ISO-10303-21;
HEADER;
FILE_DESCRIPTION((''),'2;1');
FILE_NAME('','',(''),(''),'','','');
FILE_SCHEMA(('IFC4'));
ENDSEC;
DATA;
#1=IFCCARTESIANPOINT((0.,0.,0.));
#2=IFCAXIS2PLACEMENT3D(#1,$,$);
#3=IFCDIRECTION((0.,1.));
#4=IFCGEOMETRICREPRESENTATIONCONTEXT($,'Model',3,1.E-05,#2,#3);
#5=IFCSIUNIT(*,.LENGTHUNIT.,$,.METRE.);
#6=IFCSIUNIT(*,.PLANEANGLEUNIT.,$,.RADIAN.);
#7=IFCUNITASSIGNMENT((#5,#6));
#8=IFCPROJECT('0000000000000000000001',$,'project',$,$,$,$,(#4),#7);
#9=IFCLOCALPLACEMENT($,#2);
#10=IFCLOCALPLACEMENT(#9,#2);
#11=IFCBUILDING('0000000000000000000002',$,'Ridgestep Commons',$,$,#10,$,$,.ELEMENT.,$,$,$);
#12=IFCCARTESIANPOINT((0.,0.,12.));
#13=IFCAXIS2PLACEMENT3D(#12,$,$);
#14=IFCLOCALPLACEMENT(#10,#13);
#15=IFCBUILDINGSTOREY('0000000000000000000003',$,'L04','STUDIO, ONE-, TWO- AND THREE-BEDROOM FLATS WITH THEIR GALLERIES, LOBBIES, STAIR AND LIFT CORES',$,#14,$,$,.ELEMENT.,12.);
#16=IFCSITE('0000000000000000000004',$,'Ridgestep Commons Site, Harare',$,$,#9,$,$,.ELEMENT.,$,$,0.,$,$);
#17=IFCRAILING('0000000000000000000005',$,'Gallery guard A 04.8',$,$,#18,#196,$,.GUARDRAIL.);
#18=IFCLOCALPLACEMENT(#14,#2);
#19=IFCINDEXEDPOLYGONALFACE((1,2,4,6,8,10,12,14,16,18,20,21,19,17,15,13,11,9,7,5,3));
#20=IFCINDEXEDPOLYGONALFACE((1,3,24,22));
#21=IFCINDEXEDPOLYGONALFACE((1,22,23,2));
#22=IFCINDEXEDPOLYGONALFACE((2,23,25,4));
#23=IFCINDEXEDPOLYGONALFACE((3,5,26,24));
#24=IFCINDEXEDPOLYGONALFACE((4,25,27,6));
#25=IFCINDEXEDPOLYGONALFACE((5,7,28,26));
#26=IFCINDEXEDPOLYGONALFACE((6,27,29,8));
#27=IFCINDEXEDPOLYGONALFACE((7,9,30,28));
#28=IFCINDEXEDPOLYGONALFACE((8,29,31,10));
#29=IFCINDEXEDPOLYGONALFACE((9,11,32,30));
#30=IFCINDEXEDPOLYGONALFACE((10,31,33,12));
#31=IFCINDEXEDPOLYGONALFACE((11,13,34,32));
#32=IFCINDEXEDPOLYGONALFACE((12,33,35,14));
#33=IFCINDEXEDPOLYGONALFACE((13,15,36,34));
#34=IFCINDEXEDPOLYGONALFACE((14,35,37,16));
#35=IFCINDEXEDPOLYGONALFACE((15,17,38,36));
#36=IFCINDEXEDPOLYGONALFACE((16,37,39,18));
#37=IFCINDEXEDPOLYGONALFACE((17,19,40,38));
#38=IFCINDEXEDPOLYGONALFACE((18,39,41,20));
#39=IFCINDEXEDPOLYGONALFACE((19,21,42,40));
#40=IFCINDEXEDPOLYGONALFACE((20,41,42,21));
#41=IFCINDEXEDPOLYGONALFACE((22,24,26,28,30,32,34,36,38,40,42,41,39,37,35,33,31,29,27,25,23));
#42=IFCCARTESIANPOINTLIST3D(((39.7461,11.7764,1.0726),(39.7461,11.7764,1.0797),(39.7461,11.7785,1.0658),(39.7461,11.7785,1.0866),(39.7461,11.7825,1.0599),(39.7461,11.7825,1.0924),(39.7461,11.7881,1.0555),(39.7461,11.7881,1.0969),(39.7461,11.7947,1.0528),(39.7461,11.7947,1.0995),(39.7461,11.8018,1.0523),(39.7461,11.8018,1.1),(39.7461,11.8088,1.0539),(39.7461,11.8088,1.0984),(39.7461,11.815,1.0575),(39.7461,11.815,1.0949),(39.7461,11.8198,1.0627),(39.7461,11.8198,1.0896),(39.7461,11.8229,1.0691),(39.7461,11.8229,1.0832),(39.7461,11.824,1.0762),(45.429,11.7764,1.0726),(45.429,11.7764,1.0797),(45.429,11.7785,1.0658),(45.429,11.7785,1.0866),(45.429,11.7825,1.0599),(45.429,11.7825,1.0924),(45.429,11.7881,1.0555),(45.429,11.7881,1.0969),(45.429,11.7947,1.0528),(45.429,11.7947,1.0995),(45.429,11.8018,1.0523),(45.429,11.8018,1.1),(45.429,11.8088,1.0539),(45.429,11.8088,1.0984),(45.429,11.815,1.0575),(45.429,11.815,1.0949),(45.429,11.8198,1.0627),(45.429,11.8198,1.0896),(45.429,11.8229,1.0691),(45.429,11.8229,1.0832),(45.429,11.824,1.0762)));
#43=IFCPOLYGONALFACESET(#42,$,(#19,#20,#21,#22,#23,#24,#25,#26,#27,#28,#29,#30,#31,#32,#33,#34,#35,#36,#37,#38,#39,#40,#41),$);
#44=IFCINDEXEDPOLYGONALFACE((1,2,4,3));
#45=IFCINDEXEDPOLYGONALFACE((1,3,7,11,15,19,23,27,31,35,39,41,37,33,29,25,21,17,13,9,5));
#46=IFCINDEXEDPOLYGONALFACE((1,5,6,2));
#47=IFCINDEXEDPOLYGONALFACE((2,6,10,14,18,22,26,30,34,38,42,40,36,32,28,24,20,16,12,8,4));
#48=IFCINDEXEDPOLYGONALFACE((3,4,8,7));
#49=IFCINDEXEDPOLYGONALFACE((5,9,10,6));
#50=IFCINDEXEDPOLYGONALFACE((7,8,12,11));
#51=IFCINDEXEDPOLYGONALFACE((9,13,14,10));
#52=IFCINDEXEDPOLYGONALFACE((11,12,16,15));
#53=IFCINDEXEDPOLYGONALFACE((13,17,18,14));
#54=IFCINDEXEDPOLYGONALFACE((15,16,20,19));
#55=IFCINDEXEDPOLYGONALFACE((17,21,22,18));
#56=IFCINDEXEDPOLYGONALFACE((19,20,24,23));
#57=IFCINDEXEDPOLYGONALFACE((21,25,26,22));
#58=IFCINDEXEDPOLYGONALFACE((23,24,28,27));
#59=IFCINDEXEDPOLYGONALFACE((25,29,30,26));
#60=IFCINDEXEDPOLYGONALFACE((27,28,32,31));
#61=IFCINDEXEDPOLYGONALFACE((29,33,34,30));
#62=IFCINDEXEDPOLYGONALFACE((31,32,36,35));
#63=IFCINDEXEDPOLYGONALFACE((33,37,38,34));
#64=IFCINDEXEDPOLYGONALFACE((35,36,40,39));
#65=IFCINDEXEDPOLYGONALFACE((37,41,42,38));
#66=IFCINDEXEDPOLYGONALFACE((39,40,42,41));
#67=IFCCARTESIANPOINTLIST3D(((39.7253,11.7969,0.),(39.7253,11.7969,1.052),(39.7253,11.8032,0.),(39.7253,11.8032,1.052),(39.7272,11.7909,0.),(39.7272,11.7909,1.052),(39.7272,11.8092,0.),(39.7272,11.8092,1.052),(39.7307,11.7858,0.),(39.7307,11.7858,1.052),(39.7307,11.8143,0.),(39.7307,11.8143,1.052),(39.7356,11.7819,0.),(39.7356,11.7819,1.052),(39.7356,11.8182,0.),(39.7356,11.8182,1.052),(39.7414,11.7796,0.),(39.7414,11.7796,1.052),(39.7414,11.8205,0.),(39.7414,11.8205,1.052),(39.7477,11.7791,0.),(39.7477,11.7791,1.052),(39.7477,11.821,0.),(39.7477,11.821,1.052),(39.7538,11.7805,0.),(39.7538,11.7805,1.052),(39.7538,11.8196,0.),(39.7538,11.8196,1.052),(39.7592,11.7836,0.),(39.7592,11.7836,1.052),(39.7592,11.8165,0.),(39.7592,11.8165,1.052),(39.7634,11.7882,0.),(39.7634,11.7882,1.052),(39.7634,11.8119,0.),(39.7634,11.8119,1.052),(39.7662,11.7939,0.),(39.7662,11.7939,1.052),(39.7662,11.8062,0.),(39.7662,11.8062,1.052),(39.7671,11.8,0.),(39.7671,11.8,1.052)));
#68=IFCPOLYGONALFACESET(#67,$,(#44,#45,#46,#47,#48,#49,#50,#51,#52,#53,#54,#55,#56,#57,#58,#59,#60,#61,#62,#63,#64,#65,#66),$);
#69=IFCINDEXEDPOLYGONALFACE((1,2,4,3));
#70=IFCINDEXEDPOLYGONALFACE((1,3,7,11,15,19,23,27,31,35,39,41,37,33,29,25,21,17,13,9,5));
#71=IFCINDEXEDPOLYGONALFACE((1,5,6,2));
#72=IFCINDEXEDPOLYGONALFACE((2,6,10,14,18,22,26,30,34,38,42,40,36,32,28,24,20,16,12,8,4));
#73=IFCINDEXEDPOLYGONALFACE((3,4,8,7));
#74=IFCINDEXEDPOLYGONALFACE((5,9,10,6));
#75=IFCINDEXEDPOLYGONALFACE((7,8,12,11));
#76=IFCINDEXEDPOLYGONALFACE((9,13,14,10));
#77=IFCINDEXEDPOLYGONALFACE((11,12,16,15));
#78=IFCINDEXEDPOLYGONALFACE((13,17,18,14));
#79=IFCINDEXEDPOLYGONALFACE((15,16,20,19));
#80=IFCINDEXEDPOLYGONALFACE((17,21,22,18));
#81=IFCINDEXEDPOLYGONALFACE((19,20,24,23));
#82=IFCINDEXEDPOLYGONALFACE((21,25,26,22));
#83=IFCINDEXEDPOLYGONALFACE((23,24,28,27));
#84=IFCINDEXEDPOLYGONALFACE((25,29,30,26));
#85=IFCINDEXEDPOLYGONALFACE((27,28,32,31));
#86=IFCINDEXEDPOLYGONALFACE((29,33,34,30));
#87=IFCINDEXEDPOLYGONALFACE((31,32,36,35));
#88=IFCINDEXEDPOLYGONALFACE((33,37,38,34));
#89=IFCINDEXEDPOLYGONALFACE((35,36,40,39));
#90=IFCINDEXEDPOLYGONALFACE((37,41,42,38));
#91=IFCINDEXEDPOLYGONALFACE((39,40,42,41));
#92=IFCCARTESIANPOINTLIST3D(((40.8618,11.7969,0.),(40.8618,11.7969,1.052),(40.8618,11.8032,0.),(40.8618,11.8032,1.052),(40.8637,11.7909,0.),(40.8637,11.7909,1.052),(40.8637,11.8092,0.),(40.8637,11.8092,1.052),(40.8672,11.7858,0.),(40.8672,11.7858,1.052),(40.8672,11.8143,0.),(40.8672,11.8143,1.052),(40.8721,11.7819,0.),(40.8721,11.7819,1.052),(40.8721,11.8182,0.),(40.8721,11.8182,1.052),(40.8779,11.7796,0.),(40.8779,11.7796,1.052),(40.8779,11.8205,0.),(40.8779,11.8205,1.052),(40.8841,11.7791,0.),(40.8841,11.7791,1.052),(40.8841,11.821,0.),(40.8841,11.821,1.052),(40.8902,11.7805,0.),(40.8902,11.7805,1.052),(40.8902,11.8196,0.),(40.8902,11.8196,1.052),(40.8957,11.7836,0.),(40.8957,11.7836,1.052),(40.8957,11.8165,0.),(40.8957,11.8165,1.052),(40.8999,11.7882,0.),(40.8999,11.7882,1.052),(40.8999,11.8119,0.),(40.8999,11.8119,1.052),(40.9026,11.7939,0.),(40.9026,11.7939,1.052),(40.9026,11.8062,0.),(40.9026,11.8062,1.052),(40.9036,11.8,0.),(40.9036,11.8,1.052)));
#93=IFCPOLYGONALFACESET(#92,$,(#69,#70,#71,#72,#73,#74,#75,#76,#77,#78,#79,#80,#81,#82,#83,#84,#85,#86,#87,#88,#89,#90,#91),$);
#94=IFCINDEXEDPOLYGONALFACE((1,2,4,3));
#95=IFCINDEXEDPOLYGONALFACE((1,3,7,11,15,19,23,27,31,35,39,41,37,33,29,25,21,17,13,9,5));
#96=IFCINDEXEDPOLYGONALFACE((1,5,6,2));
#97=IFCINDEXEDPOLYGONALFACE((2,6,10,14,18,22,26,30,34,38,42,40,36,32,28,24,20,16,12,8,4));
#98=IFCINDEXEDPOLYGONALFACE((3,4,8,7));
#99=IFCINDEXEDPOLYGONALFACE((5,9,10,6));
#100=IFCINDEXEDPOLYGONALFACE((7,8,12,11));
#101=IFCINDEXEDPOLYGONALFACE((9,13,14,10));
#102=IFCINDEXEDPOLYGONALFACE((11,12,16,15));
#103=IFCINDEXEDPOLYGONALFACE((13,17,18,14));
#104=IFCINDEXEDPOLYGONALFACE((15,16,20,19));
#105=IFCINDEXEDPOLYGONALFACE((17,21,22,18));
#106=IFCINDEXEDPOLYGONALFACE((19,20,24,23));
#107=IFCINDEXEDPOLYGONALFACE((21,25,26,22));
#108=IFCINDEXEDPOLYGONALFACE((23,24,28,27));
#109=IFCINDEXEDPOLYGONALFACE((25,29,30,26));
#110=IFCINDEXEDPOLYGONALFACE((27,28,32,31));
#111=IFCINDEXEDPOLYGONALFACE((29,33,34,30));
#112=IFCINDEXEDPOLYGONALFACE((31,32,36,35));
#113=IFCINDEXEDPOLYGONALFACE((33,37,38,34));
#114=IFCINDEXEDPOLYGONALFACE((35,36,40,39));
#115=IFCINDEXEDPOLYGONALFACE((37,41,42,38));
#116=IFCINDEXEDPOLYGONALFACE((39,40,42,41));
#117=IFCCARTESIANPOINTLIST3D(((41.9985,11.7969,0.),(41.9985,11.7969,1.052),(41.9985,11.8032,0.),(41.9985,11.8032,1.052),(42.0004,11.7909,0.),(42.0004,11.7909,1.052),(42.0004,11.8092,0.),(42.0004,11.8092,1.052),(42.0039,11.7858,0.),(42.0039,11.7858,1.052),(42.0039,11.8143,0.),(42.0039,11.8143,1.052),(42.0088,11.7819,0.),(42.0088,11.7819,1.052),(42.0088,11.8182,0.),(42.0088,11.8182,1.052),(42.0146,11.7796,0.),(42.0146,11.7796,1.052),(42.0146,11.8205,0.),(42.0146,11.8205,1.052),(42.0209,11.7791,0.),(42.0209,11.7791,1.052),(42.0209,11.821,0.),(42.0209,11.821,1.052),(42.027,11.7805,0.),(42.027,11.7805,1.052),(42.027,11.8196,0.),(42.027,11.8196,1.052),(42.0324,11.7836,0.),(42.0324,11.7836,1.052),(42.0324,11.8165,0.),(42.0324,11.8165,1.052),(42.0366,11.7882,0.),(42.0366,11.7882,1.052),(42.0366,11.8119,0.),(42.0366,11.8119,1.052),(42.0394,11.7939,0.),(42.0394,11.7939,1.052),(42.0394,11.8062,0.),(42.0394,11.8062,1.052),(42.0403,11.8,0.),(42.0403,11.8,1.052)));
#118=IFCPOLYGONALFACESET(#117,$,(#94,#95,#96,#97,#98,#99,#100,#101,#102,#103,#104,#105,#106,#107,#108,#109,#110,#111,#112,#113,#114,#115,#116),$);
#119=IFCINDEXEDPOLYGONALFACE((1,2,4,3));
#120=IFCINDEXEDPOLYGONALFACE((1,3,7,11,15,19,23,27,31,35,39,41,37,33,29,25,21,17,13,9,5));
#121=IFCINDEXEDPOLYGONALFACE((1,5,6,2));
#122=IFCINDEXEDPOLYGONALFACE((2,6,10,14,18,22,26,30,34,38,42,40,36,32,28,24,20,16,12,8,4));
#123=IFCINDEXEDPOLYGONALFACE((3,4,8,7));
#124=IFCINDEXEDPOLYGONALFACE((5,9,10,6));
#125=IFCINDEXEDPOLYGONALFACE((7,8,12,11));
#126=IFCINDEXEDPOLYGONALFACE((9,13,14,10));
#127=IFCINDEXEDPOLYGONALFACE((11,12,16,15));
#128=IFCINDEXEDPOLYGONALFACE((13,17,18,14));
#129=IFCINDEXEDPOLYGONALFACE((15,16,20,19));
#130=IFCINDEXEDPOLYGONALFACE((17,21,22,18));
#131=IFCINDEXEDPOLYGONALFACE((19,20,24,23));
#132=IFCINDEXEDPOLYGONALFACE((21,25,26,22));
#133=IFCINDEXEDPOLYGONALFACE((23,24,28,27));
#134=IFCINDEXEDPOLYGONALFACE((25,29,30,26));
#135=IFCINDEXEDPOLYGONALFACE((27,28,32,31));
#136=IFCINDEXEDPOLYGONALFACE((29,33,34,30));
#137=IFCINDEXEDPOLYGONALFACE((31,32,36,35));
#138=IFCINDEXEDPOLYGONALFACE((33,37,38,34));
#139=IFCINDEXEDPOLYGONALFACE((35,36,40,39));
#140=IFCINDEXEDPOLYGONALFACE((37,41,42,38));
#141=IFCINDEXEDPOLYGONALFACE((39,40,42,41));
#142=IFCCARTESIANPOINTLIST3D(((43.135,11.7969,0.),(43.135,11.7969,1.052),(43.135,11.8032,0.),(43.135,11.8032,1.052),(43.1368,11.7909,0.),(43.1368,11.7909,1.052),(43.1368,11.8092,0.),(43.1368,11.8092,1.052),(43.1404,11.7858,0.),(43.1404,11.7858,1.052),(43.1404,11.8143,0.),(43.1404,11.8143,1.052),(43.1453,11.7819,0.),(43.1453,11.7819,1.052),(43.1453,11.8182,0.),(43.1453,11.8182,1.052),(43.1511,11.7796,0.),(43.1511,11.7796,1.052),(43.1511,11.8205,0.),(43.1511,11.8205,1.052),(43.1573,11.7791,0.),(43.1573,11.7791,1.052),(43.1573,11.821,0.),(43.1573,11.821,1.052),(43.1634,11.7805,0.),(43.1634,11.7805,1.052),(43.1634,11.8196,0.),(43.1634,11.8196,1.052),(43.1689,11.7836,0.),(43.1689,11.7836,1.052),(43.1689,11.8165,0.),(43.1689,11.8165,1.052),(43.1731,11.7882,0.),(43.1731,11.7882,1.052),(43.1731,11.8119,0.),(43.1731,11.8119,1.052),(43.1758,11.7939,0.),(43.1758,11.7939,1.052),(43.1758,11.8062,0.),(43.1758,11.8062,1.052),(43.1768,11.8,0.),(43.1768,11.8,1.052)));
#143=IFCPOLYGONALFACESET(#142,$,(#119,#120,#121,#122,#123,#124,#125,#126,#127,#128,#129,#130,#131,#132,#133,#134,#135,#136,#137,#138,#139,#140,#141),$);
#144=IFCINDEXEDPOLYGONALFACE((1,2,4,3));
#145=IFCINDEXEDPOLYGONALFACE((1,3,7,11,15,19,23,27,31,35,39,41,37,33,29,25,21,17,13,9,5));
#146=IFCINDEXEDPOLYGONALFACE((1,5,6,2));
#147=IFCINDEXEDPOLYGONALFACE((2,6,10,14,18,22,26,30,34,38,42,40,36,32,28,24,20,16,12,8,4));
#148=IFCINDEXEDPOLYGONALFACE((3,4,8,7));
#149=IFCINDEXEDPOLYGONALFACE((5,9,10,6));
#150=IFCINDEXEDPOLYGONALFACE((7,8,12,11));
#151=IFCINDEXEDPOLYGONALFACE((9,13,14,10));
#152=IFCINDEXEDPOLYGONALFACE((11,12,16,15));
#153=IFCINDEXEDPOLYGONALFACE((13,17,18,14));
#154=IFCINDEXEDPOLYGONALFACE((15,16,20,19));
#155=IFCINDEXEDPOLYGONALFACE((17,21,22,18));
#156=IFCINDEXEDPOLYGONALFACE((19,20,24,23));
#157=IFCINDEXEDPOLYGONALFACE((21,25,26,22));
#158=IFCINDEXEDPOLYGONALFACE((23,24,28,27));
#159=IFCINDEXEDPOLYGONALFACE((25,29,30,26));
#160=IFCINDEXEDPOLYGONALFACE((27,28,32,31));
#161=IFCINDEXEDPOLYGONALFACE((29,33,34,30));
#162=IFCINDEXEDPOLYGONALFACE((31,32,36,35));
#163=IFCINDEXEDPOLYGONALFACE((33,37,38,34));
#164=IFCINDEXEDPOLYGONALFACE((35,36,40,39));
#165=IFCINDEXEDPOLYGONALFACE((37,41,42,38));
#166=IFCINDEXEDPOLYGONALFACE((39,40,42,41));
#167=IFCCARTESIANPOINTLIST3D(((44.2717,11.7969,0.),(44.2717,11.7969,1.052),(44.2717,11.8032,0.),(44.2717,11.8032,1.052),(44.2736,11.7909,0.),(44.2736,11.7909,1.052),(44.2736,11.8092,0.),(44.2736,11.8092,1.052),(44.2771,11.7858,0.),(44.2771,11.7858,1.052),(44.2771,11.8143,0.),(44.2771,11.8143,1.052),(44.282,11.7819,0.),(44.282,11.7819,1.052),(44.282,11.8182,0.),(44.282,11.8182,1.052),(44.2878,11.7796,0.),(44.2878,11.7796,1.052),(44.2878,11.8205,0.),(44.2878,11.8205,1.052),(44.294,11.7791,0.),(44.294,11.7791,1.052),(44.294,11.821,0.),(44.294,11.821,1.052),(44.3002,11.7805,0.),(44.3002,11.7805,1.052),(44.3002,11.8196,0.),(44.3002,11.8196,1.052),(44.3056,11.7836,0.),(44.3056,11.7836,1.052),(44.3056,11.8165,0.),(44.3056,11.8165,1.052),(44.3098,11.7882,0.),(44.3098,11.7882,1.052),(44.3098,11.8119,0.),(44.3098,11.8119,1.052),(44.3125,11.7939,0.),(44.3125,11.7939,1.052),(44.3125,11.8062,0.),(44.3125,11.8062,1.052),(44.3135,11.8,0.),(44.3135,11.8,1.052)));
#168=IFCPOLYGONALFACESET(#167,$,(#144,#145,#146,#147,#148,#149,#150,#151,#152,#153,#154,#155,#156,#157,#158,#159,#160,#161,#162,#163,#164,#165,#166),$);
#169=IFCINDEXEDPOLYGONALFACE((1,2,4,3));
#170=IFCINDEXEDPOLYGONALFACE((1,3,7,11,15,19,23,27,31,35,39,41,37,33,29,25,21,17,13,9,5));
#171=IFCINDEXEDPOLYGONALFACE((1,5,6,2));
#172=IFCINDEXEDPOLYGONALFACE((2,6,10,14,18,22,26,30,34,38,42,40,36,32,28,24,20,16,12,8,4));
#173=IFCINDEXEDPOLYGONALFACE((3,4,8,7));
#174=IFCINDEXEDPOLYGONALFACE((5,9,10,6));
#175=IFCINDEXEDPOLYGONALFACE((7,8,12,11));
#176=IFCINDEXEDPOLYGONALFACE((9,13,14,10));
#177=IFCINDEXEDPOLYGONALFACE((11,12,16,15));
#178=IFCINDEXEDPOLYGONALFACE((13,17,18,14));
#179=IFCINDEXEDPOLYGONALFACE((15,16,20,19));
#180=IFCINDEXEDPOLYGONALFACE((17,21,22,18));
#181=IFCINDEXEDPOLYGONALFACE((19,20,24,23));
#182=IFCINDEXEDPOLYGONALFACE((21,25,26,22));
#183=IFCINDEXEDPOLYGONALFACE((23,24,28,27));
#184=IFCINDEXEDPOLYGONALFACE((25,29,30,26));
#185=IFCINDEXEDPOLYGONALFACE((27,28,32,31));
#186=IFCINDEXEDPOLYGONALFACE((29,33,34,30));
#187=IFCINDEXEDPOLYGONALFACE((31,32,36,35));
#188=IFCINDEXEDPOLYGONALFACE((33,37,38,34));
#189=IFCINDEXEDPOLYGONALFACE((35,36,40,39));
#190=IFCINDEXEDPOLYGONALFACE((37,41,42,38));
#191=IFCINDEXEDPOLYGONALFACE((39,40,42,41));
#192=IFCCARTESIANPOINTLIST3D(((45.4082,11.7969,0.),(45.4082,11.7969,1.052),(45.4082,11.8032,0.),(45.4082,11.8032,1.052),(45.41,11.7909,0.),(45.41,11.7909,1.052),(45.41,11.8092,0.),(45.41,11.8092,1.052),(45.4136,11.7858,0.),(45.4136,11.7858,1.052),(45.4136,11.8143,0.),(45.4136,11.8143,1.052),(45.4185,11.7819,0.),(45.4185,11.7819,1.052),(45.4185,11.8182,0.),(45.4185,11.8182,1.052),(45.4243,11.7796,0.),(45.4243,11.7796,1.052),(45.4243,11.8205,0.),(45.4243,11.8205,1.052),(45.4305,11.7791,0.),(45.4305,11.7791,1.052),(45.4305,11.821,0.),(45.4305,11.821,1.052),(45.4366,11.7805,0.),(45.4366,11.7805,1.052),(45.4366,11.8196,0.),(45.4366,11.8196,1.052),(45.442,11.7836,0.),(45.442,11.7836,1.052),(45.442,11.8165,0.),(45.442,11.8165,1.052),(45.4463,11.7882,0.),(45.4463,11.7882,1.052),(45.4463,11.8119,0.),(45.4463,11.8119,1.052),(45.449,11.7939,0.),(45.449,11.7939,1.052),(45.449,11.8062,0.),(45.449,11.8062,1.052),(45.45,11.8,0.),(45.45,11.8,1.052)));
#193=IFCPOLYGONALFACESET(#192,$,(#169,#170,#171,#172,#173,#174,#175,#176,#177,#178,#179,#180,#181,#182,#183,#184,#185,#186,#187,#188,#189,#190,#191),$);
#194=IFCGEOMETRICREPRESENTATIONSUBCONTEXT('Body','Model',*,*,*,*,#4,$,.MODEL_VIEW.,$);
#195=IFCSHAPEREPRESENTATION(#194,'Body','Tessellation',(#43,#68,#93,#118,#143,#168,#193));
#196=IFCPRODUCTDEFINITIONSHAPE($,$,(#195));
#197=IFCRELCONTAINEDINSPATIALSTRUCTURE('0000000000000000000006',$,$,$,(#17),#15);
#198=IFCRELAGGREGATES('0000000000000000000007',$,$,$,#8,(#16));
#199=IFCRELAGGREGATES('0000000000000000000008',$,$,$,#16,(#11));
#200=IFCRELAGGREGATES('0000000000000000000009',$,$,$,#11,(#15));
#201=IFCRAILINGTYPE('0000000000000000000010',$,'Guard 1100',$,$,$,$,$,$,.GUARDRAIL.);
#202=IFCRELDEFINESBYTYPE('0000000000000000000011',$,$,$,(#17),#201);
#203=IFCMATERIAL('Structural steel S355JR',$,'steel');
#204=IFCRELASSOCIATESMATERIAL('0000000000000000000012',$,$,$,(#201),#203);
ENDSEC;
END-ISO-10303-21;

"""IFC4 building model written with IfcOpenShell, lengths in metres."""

from ifc_helpers import new_model, si_unit, direction, frame, origin, origin_2d, place, context, subcontext, project, spatial, circle, extrude, material, type_object, element, save


model = new_model("IFC4")

# Units and contexts
model_context = context("Model", 3, precision=1e-05, world=origin(), true_north=direction((0.0, 1.0)))
body_context = subcontext(model_context, "Body", "Model", "MODEL_VIEW")
ifc_project = project(units=[si_unit("LENGTHUNIT", "METRE"), si_unit("PLANEANGLEUNIT", "RADIAN")], contexts=[model_context])

# Site, building, storey
site_placement = place(None, origin())
site = spatial("IfcSite", under=ifc_project, at=site_placement, Name="Ridgestep Commons Site, Harare", CompositionType="ELEMENT", RefElevation=0.0)
building_placement = place(site_placement, origin())
building = spatial("IfcBuilding", under=site, at=building_placement, Name="Ridgestep Commons", CompositionType="ELEMENT")
storey_placement = place(building_placement, frame((0.0, 0.0, 12.0)))
storey = spatial("IfcBuildingStorey", under=building, at=storey_placement, Name="L04", Description="STUDIO, ONE-, TWO- AND THREE-BEDROOM FLATS WITH THEIR GALLERIES, LOBBIES, STAIR AND LIFT CORES", CompositionType="ELEMENT", Elevation=12.0)

# Railing
ifc_material_1 = material(Name="Structural steel S355JR", Category="steel")
railing_type = type_object("IfcRailingType", Name="Guard 1100", PredefinedType="GUARDRAIL", material=ifc_material_1)
railing_1_placement = place(storey_placement, frame((39.7461, 11.8, 0.0)))
element("IfcRailing", 1, at=railing_1_placement, inside=storey, type_object=railing_type, Name="Gallery guard A 04.8", PredefinedType="GUARDRAIL", context=body_context, shape_type="SweptSolid", body=[
    extrude(circle(Radius=0.0239, at=origin_2d()), frame((0.0, 0.0, 1.0762), z_axis=(1.0, 0.0, 0.0), x_axis=(0.0, 1.0, 0.0)), (0.0, 0.0, 1.0), 5.6829),
    extrude(circle(Radius=0.021, at=origin_2d()), origin(), (0.0, 0.0, 1.0), 1.052),
    extrude(circle(Radius=0.021, at=origin_2d()), frame((1.1365, 0.0, 0.0)), (0.0, 0.0, 1.0), 1.052),
    extrude(circle(Radius=0.021, at=origin_2d()), frame((2.2732, 0.0, 0.0)), (0.0, 0.0, 1.0), 1.052),
    extrude(circle(Radius=0.021, at=origin_2d()), frame((3.4097, 0.0, 0.0)), (0.0, 0.0, 1.0), 1.052),
    extrude(circle(Radius=0.021, at=origin_2d()), frame((4.5464, 0.0, 0.0)), (0.0, 0.0, 1.0), 1.052),
    extrude(circle(Radius=0.021, at=origin_2d()), frame((5.6829, 0.0, 0.0)), (0.0, 0.0, 1.0), 1.052),
])

save(model, "model.ifc")
